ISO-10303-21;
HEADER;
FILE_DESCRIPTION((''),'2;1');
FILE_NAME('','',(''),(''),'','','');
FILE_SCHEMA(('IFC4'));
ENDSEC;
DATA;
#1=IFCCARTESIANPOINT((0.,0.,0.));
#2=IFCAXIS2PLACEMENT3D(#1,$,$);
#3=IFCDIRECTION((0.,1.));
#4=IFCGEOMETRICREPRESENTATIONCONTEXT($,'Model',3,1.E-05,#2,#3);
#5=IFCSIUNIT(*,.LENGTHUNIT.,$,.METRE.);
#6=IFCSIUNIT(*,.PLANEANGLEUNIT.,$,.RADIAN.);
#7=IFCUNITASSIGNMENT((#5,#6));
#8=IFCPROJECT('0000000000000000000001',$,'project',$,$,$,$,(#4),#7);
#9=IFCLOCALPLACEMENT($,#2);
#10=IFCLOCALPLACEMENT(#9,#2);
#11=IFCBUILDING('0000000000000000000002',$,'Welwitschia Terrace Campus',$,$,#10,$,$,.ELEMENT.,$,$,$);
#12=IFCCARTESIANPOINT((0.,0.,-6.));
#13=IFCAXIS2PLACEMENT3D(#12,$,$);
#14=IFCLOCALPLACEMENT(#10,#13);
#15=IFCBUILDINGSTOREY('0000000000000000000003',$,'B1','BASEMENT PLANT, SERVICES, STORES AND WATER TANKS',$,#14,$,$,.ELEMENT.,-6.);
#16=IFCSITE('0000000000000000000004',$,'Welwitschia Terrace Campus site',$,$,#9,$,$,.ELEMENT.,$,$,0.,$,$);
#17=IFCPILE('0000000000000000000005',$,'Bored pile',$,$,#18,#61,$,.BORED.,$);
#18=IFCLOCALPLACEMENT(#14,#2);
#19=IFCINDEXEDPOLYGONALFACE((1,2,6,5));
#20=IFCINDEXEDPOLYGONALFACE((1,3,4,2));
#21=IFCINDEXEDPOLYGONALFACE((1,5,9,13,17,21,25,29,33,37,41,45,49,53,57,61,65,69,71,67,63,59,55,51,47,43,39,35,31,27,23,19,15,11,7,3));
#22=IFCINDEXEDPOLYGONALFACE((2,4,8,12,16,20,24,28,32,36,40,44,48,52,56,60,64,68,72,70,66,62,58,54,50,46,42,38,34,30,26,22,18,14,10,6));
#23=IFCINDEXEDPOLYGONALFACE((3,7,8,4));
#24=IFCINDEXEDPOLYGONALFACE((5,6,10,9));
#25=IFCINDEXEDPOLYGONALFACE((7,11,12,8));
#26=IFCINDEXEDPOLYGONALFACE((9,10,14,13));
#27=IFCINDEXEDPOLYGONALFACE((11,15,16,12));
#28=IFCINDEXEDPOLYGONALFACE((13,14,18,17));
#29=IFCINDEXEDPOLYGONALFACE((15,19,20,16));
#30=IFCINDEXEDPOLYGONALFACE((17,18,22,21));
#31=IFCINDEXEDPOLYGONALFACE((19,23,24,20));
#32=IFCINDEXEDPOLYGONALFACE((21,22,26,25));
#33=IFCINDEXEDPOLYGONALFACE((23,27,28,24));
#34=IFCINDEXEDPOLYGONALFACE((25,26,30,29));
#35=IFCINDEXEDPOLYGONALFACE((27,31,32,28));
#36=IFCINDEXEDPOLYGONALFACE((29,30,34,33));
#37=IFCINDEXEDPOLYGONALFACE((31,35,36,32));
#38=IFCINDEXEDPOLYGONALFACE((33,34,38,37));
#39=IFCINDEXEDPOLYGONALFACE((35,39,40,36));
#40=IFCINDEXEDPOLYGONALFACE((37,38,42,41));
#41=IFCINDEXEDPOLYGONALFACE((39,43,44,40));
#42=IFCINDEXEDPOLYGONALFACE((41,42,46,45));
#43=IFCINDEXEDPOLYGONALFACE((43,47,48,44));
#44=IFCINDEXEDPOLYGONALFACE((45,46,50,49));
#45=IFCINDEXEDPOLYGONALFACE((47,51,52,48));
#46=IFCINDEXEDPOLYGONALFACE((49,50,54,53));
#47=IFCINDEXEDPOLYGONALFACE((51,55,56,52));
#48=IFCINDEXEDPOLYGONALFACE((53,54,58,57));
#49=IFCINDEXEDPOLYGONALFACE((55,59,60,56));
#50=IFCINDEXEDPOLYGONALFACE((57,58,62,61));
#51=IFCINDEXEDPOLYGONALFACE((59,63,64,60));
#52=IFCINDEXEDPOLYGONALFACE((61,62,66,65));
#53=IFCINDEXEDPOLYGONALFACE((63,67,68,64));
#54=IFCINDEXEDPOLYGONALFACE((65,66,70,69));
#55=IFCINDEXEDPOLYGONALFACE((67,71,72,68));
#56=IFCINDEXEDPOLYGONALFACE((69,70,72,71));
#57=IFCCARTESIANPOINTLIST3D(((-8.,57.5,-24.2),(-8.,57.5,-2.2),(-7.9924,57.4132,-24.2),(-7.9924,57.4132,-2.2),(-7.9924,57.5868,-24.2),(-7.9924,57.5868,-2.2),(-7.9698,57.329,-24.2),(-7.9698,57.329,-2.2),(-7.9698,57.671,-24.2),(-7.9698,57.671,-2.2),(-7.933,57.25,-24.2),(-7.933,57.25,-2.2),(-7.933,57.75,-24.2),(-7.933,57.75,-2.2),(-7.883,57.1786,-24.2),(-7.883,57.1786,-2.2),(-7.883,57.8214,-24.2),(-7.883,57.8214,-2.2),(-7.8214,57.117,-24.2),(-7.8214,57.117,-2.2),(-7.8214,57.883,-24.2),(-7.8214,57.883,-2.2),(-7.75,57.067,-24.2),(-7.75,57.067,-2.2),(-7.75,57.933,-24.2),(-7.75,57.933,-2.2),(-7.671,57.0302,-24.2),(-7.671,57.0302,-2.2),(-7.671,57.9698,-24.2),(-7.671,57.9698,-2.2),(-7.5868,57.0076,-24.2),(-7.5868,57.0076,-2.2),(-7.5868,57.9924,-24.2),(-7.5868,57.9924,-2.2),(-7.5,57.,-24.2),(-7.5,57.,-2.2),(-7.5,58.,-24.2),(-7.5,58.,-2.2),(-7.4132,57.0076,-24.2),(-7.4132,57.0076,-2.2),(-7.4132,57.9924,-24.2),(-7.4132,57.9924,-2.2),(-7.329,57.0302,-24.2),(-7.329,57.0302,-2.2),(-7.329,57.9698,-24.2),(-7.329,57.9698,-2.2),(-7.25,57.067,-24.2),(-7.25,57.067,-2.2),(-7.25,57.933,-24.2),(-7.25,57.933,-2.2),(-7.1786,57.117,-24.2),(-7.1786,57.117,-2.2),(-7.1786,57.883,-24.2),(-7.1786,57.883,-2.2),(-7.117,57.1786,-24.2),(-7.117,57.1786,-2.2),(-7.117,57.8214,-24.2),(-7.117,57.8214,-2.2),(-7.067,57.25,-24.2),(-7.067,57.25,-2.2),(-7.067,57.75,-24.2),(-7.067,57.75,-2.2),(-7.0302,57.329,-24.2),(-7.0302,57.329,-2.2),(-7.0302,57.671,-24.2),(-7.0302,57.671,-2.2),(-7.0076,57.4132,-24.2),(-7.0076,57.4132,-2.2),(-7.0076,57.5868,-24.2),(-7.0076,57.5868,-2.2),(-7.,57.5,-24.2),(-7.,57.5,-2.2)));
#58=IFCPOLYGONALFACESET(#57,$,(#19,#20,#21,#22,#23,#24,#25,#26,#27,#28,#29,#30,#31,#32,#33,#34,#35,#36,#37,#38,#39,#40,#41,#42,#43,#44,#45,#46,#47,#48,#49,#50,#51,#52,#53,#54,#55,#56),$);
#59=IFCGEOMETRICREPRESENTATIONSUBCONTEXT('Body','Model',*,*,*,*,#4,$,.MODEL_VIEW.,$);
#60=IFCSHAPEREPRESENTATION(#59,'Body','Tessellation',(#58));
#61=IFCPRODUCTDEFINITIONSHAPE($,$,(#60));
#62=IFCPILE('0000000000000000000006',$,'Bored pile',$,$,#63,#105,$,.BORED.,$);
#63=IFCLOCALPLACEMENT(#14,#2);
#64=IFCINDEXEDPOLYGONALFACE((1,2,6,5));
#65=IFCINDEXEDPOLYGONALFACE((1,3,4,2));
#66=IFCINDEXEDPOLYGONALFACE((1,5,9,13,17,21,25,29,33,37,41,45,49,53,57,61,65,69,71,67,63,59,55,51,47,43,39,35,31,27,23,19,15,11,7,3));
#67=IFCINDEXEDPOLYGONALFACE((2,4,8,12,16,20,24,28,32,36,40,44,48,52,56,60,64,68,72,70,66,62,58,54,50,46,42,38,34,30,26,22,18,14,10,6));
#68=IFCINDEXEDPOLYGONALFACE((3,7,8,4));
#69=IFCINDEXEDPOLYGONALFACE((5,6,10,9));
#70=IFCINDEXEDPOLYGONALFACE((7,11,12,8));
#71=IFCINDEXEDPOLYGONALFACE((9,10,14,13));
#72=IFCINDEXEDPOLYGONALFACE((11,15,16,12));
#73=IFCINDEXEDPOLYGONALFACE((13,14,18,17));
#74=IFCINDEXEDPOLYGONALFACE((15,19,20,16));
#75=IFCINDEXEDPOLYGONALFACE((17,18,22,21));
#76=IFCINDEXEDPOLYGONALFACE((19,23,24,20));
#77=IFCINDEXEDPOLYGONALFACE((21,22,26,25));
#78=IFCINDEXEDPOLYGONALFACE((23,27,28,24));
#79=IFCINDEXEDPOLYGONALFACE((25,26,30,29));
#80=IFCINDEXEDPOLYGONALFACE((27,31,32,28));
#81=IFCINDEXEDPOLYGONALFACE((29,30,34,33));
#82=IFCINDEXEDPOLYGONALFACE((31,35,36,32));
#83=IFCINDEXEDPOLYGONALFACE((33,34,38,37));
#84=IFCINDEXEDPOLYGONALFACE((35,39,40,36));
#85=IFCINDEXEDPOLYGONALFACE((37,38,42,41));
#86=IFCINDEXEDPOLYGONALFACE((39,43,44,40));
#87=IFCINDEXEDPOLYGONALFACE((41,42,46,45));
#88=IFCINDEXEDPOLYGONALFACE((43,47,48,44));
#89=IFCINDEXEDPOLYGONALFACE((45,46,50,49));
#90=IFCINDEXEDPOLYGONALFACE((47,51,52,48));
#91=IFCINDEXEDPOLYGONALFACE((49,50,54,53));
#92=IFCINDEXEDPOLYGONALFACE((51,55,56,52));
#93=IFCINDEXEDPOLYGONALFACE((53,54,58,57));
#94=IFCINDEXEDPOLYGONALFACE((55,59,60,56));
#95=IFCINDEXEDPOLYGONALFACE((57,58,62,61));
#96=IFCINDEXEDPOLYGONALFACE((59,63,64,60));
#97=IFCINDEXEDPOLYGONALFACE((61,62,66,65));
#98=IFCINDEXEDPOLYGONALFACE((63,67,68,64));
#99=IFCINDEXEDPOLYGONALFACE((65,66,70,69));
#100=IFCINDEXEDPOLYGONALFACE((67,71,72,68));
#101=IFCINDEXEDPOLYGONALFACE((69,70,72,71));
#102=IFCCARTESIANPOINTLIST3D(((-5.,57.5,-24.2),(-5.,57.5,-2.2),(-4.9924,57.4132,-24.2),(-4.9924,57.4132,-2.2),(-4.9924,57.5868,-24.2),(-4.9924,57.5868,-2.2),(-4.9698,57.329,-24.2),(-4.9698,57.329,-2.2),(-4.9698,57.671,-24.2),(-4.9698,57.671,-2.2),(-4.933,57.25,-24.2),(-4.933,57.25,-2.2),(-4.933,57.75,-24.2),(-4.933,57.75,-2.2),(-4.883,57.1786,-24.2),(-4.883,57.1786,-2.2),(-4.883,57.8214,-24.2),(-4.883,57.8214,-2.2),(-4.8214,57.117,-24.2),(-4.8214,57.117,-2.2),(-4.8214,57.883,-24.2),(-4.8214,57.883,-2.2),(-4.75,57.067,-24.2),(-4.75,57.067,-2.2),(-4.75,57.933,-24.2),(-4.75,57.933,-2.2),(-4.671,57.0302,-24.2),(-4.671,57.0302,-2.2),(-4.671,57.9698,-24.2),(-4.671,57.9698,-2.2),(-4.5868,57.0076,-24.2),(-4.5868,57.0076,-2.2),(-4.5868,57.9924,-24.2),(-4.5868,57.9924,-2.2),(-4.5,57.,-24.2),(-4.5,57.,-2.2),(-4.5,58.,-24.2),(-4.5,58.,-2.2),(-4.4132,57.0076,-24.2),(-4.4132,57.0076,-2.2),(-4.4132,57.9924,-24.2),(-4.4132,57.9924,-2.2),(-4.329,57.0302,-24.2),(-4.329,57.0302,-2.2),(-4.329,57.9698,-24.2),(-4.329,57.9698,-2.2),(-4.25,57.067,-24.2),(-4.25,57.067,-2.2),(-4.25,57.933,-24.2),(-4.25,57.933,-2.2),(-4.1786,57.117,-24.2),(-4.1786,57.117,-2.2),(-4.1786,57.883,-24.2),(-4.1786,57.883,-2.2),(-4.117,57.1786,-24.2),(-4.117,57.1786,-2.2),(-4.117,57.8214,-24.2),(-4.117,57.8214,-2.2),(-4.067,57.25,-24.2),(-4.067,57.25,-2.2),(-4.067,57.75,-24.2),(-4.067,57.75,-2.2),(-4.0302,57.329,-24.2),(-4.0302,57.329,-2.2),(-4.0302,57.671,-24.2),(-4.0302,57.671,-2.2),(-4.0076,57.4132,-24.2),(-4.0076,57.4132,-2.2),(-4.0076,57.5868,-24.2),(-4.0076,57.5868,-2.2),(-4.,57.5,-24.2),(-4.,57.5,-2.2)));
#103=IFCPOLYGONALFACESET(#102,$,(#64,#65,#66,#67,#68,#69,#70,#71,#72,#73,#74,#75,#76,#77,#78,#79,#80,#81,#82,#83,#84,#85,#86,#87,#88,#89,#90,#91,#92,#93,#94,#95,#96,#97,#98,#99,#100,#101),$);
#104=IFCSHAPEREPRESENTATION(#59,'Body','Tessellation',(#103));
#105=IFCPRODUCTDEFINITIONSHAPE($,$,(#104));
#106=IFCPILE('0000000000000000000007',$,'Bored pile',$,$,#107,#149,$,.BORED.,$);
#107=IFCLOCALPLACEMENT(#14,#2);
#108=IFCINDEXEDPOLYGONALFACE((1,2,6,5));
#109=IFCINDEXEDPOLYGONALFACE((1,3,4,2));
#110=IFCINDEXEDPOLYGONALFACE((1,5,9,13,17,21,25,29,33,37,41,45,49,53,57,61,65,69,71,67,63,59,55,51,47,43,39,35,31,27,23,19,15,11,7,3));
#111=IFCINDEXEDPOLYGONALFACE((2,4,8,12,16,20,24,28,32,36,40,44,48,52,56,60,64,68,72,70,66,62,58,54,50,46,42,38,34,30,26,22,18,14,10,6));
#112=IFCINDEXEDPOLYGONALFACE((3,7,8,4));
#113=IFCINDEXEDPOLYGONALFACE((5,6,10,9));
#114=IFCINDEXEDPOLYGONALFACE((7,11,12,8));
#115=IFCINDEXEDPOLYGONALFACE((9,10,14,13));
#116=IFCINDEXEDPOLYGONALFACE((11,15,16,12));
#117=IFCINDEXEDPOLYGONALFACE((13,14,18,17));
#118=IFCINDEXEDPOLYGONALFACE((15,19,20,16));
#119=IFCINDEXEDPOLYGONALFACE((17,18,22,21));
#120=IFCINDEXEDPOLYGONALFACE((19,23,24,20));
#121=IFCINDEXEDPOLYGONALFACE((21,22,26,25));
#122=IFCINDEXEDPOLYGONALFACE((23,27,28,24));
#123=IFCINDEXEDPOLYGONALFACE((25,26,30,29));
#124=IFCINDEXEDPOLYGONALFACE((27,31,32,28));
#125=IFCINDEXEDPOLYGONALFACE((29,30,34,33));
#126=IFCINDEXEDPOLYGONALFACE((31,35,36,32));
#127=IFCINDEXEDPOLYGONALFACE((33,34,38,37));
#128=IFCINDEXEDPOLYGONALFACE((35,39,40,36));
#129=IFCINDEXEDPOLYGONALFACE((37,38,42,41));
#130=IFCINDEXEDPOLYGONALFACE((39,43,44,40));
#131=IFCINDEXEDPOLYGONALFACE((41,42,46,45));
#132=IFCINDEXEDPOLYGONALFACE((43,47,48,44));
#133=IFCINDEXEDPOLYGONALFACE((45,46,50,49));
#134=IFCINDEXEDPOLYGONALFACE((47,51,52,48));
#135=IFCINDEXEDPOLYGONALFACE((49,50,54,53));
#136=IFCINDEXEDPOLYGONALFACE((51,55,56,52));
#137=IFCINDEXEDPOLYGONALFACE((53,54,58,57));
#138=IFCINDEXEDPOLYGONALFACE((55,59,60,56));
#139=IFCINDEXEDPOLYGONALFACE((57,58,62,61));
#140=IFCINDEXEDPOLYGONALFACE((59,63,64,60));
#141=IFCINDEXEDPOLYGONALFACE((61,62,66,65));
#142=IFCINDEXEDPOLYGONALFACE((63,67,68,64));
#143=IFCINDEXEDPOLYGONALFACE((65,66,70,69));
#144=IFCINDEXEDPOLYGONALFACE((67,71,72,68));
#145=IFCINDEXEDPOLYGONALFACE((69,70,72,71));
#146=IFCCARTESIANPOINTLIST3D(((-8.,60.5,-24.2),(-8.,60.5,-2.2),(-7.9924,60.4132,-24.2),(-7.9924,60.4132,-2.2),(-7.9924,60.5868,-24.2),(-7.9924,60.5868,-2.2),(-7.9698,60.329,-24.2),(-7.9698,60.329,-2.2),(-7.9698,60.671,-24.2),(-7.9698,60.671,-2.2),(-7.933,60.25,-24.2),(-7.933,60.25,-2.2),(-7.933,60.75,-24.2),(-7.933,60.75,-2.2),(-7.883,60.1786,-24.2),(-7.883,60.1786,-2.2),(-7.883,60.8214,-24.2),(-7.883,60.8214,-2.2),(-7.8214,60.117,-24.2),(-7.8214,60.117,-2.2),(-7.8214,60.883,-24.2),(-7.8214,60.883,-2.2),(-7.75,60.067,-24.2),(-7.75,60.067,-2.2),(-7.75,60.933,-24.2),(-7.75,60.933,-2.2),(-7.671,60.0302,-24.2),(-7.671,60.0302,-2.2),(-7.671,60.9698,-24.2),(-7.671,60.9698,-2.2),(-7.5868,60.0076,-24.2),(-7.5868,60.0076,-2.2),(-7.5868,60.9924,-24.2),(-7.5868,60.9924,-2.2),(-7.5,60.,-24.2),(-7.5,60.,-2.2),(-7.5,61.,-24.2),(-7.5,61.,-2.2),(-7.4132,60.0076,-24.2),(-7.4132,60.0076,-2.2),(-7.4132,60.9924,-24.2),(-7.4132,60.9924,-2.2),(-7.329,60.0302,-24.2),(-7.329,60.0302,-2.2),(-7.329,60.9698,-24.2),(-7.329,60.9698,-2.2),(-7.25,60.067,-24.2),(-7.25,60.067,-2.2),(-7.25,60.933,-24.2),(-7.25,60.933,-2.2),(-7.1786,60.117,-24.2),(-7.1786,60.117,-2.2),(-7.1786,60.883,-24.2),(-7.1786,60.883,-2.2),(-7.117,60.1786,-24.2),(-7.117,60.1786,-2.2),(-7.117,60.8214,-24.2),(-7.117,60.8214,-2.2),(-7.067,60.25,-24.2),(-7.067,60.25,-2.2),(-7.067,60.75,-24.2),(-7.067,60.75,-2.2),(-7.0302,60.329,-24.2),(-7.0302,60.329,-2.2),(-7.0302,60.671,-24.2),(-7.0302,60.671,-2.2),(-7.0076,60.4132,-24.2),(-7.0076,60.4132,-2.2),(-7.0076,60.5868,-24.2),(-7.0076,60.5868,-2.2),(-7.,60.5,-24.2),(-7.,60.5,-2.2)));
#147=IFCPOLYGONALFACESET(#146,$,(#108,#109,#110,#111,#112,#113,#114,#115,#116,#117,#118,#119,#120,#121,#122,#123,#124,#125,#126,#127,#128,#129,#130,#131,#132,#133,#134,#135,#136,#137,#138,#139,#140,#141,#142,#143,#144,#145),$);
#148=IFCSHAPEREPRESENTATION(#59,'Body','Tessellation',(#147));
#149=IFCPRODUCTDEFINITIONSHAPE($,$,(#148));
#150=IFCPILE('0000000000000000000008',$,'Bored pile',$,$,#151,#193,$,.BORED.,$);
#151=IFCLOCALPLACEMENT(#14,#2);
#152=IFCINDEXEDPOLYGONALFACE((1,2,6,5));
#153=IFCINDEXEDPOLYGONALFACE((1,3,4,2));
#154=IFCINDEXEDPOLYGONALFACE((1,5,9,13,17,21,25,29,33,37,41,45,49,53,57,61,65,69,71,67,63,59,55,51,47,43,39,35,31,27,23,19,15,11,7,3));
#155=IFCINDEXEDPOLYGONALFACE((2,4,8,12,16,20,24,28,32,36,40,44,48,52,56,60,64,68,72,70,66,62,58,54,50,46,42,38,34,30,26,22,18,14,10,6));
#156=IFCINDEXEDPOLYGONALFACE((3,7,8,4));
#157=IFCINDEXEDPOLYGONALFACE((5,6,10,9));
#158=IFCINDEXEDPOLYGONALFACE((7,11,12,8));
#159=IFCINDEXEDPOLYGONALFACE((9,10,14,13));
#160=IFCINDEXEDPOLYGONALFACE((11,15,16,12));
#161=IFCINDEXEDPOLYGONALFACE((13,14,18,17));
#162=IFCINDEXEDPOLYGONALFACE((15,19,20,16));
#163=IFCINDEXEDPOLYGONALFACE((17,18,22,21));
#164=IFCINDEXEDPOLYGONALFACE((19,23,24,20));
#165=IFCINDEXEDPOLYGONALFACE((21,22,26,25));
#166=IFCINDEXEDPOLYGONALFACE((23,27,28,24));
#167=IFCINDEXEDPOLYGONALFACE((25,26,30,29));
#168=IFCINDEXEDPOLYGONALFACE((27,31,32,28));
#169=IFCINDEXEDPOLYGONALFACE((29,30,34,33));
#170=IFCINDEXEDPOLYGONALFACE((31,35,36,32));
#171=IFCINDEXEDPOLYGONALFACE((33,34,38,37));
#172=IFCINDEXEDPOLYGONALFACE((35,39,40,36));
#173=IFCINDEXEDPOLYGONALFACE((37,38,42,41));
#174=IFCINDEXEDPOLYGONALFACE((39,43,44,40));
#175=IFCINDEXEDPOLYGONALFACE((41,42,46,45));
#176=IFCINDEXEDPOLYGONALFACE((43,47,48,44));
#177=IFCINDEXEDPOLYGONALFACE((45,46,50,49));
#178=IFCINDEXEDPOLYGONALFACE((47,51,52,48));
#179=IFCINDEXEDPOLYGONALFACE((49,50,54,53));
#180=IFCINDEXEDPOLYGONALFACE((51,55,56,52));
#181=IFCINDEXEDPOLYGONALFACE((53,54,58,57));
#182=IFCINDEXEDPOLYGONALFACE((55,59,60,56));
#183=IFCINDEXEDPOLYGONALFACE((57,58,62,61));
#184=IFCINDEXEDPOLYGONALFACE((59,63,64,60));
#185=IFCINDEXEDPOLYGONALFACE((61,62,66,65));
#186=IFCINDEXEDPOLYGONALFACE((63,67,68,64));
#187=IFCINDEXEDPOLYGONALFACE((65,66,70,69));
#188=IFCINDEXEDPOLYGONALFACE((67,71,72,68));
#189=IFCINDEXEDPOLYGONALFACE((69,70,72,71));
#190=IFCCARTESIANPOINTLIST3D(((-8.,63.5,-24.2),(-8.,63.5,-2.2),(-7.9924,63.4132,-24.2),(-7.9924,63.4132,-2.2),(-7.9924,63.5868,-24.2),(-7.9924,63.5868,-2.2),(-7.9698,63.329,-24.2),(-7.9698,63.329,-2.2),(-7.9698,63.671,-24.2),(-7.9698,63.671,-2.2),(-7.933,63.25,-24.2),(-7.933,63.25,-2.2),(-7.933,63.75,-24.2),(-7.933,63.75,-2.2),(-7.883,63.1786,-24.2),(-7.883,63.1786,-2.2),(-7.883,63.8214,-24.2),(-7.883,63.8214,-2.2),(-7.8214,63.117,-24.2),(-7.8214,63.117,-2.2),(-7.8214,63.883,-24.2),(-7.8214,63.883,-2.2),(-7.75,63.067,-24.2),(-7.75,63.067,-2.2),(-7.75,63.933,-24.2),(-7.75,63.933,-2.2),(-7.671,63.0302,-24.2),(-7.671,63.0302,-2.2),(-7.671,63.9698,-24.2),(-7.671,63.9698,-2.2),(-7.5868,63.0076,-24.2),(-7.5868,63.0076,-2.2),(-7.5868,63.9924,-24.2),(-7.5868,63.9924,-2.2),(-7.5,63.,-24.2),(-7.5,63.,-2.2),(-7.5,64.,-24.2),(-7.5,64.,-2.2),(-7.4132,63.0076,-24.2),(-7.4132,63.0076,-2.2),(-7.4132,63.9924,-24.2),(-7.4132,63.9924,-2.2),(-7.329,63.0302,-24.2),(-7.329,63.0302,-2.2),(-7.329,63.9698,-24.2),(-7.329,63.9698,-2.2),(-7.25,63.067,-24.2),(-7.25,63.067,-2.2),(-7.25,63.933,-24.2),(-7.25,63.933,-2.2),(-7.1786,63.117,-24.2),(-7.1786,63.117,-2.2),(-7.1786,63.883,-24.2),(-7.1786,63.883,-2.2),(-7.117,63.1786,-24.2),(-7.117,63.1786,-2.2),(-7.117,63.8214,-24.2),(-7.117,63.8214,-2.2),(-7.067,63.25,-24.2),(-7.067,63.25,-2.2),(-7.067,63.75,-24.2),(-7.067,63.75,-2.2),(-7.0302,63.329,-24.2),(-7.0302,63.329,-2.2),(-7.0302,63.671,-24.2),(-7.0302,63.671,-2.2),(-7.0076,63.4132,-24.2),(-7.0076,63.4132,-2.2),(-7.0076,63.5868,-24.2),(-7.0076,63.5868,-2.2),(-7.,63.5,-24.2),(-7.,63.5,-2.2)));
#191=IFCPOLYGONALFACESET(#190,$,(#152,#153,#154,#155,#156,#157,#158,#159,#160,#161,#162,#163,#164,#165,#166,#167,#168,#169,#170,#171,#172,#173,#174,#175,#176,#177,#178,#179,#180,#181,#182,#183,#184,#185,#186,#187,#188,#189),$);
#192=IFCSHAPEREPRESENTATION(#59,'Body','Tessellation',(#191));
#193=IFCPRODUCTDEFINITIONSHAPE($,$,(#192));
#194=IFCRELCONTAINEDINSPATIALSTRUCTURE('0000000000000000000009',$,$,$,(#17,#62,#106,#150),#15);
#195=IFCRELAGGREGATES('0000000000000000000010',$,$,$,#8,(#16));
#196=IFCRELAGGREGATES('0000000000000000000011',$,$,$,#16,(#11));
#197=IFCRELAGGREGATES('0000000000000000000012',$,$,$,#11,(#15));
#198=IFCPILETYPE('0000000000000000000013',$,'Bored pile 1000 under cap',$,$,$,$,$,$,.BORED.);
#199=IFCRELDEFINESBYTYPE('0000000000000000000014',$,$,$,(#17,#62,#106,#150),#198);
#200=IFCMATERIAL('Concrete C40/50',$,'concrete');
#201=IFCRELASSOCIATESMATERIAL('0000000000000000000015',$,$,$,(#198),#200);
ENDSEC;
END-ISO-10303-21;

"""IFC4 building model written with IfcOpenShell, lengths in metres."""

from ifc_helpers import new_model, si_unit, direction, frame, origin, origin_2d, place, context, subcontext, project, spatial, circle, extrude, material, type_object, element, save


model = new_model("IFC4")

# Units and contexts
model_context = context("Model", 3, precision=1e-05, world=origin(), true_north=direction((0.0, 1.0)))
body_context = subcontext(model_context, "Body", "Model", "MODEL_VIEW")
ifc_project = project(units=[si_unit("LENGTHUNIT", "METRE"), si_unit("PLANEANGLEUNIT", "RADIAN")], contexts=[model_context])

# Site, building, storey
site_placement = place(None, origin())
site = spatial("IfcSite", under=ifc_project, at=site_placement, Name="Welwitschia Terrace Campus site", CompositionType="ELEMENT", RefElevation=0.0)
building_placement = place(site_placement, origin())
building = spatial("IfcBuilding", under=site, at=building_placement, Name="Welwitschia Terrace Campus", CompositionType="ELEMENT")
storey_placement = place(building_placement, frame((0.0, 0.0, -6.0)))
storey = spatial("IfcBuildingStorey", under=building, at=storey_placement, Name="B1", Description="BASEMENT PLANT, SERVICES, STORES AND WATER TANKS", CompositionType="ELEMENT", Elevation=-6.0)

# Piles
ifc_material_1 = material(Name="Concrete C40/50", Category="concrete")
pile_type = type_object("IfcPileType", Name="Bored pile 1000 under cap", PredefinedType="BORED", material=ifc_material_1)
for number, where, z_axis, x_axis, name in (
    (1, (-7.5, 57.5, -2.2), (0.0, 0.0, -1.0), (1.0, 0.0, 0.0), "Bored pile"),
    (2, (-4.5, 57.5, -2.2), (0.0, 0.0, -1.0), (1.0, 0.0, 0.0), "Bored pile"),
    (3, (-7.5, 60.5, -2.2), (0.0, 0.0, -1.0), (1.0, 0.0, 0.0), "Bored pile"),
    (4, (-7.5, 63.5, -2.2), (0.0, 0.0, -1.0), (1.0, 0.0, 0.0), "Bored pile"),
):
    element("IfcPile", number, at=place(storey_placement, frame(where, z_axis=z_axis, x_axis=x_axis)), inside=storey, type_object=pile_type, Name=name, PredefinedType="BORED", context=body_context, shape_type="SweptSolid", body=[
        extrude(circle(Radius=0.5, at=origin_2d()), origin(), (0.0, 0.0, 1.0), 22.0),
    ])

save(model, "model.ifc")
